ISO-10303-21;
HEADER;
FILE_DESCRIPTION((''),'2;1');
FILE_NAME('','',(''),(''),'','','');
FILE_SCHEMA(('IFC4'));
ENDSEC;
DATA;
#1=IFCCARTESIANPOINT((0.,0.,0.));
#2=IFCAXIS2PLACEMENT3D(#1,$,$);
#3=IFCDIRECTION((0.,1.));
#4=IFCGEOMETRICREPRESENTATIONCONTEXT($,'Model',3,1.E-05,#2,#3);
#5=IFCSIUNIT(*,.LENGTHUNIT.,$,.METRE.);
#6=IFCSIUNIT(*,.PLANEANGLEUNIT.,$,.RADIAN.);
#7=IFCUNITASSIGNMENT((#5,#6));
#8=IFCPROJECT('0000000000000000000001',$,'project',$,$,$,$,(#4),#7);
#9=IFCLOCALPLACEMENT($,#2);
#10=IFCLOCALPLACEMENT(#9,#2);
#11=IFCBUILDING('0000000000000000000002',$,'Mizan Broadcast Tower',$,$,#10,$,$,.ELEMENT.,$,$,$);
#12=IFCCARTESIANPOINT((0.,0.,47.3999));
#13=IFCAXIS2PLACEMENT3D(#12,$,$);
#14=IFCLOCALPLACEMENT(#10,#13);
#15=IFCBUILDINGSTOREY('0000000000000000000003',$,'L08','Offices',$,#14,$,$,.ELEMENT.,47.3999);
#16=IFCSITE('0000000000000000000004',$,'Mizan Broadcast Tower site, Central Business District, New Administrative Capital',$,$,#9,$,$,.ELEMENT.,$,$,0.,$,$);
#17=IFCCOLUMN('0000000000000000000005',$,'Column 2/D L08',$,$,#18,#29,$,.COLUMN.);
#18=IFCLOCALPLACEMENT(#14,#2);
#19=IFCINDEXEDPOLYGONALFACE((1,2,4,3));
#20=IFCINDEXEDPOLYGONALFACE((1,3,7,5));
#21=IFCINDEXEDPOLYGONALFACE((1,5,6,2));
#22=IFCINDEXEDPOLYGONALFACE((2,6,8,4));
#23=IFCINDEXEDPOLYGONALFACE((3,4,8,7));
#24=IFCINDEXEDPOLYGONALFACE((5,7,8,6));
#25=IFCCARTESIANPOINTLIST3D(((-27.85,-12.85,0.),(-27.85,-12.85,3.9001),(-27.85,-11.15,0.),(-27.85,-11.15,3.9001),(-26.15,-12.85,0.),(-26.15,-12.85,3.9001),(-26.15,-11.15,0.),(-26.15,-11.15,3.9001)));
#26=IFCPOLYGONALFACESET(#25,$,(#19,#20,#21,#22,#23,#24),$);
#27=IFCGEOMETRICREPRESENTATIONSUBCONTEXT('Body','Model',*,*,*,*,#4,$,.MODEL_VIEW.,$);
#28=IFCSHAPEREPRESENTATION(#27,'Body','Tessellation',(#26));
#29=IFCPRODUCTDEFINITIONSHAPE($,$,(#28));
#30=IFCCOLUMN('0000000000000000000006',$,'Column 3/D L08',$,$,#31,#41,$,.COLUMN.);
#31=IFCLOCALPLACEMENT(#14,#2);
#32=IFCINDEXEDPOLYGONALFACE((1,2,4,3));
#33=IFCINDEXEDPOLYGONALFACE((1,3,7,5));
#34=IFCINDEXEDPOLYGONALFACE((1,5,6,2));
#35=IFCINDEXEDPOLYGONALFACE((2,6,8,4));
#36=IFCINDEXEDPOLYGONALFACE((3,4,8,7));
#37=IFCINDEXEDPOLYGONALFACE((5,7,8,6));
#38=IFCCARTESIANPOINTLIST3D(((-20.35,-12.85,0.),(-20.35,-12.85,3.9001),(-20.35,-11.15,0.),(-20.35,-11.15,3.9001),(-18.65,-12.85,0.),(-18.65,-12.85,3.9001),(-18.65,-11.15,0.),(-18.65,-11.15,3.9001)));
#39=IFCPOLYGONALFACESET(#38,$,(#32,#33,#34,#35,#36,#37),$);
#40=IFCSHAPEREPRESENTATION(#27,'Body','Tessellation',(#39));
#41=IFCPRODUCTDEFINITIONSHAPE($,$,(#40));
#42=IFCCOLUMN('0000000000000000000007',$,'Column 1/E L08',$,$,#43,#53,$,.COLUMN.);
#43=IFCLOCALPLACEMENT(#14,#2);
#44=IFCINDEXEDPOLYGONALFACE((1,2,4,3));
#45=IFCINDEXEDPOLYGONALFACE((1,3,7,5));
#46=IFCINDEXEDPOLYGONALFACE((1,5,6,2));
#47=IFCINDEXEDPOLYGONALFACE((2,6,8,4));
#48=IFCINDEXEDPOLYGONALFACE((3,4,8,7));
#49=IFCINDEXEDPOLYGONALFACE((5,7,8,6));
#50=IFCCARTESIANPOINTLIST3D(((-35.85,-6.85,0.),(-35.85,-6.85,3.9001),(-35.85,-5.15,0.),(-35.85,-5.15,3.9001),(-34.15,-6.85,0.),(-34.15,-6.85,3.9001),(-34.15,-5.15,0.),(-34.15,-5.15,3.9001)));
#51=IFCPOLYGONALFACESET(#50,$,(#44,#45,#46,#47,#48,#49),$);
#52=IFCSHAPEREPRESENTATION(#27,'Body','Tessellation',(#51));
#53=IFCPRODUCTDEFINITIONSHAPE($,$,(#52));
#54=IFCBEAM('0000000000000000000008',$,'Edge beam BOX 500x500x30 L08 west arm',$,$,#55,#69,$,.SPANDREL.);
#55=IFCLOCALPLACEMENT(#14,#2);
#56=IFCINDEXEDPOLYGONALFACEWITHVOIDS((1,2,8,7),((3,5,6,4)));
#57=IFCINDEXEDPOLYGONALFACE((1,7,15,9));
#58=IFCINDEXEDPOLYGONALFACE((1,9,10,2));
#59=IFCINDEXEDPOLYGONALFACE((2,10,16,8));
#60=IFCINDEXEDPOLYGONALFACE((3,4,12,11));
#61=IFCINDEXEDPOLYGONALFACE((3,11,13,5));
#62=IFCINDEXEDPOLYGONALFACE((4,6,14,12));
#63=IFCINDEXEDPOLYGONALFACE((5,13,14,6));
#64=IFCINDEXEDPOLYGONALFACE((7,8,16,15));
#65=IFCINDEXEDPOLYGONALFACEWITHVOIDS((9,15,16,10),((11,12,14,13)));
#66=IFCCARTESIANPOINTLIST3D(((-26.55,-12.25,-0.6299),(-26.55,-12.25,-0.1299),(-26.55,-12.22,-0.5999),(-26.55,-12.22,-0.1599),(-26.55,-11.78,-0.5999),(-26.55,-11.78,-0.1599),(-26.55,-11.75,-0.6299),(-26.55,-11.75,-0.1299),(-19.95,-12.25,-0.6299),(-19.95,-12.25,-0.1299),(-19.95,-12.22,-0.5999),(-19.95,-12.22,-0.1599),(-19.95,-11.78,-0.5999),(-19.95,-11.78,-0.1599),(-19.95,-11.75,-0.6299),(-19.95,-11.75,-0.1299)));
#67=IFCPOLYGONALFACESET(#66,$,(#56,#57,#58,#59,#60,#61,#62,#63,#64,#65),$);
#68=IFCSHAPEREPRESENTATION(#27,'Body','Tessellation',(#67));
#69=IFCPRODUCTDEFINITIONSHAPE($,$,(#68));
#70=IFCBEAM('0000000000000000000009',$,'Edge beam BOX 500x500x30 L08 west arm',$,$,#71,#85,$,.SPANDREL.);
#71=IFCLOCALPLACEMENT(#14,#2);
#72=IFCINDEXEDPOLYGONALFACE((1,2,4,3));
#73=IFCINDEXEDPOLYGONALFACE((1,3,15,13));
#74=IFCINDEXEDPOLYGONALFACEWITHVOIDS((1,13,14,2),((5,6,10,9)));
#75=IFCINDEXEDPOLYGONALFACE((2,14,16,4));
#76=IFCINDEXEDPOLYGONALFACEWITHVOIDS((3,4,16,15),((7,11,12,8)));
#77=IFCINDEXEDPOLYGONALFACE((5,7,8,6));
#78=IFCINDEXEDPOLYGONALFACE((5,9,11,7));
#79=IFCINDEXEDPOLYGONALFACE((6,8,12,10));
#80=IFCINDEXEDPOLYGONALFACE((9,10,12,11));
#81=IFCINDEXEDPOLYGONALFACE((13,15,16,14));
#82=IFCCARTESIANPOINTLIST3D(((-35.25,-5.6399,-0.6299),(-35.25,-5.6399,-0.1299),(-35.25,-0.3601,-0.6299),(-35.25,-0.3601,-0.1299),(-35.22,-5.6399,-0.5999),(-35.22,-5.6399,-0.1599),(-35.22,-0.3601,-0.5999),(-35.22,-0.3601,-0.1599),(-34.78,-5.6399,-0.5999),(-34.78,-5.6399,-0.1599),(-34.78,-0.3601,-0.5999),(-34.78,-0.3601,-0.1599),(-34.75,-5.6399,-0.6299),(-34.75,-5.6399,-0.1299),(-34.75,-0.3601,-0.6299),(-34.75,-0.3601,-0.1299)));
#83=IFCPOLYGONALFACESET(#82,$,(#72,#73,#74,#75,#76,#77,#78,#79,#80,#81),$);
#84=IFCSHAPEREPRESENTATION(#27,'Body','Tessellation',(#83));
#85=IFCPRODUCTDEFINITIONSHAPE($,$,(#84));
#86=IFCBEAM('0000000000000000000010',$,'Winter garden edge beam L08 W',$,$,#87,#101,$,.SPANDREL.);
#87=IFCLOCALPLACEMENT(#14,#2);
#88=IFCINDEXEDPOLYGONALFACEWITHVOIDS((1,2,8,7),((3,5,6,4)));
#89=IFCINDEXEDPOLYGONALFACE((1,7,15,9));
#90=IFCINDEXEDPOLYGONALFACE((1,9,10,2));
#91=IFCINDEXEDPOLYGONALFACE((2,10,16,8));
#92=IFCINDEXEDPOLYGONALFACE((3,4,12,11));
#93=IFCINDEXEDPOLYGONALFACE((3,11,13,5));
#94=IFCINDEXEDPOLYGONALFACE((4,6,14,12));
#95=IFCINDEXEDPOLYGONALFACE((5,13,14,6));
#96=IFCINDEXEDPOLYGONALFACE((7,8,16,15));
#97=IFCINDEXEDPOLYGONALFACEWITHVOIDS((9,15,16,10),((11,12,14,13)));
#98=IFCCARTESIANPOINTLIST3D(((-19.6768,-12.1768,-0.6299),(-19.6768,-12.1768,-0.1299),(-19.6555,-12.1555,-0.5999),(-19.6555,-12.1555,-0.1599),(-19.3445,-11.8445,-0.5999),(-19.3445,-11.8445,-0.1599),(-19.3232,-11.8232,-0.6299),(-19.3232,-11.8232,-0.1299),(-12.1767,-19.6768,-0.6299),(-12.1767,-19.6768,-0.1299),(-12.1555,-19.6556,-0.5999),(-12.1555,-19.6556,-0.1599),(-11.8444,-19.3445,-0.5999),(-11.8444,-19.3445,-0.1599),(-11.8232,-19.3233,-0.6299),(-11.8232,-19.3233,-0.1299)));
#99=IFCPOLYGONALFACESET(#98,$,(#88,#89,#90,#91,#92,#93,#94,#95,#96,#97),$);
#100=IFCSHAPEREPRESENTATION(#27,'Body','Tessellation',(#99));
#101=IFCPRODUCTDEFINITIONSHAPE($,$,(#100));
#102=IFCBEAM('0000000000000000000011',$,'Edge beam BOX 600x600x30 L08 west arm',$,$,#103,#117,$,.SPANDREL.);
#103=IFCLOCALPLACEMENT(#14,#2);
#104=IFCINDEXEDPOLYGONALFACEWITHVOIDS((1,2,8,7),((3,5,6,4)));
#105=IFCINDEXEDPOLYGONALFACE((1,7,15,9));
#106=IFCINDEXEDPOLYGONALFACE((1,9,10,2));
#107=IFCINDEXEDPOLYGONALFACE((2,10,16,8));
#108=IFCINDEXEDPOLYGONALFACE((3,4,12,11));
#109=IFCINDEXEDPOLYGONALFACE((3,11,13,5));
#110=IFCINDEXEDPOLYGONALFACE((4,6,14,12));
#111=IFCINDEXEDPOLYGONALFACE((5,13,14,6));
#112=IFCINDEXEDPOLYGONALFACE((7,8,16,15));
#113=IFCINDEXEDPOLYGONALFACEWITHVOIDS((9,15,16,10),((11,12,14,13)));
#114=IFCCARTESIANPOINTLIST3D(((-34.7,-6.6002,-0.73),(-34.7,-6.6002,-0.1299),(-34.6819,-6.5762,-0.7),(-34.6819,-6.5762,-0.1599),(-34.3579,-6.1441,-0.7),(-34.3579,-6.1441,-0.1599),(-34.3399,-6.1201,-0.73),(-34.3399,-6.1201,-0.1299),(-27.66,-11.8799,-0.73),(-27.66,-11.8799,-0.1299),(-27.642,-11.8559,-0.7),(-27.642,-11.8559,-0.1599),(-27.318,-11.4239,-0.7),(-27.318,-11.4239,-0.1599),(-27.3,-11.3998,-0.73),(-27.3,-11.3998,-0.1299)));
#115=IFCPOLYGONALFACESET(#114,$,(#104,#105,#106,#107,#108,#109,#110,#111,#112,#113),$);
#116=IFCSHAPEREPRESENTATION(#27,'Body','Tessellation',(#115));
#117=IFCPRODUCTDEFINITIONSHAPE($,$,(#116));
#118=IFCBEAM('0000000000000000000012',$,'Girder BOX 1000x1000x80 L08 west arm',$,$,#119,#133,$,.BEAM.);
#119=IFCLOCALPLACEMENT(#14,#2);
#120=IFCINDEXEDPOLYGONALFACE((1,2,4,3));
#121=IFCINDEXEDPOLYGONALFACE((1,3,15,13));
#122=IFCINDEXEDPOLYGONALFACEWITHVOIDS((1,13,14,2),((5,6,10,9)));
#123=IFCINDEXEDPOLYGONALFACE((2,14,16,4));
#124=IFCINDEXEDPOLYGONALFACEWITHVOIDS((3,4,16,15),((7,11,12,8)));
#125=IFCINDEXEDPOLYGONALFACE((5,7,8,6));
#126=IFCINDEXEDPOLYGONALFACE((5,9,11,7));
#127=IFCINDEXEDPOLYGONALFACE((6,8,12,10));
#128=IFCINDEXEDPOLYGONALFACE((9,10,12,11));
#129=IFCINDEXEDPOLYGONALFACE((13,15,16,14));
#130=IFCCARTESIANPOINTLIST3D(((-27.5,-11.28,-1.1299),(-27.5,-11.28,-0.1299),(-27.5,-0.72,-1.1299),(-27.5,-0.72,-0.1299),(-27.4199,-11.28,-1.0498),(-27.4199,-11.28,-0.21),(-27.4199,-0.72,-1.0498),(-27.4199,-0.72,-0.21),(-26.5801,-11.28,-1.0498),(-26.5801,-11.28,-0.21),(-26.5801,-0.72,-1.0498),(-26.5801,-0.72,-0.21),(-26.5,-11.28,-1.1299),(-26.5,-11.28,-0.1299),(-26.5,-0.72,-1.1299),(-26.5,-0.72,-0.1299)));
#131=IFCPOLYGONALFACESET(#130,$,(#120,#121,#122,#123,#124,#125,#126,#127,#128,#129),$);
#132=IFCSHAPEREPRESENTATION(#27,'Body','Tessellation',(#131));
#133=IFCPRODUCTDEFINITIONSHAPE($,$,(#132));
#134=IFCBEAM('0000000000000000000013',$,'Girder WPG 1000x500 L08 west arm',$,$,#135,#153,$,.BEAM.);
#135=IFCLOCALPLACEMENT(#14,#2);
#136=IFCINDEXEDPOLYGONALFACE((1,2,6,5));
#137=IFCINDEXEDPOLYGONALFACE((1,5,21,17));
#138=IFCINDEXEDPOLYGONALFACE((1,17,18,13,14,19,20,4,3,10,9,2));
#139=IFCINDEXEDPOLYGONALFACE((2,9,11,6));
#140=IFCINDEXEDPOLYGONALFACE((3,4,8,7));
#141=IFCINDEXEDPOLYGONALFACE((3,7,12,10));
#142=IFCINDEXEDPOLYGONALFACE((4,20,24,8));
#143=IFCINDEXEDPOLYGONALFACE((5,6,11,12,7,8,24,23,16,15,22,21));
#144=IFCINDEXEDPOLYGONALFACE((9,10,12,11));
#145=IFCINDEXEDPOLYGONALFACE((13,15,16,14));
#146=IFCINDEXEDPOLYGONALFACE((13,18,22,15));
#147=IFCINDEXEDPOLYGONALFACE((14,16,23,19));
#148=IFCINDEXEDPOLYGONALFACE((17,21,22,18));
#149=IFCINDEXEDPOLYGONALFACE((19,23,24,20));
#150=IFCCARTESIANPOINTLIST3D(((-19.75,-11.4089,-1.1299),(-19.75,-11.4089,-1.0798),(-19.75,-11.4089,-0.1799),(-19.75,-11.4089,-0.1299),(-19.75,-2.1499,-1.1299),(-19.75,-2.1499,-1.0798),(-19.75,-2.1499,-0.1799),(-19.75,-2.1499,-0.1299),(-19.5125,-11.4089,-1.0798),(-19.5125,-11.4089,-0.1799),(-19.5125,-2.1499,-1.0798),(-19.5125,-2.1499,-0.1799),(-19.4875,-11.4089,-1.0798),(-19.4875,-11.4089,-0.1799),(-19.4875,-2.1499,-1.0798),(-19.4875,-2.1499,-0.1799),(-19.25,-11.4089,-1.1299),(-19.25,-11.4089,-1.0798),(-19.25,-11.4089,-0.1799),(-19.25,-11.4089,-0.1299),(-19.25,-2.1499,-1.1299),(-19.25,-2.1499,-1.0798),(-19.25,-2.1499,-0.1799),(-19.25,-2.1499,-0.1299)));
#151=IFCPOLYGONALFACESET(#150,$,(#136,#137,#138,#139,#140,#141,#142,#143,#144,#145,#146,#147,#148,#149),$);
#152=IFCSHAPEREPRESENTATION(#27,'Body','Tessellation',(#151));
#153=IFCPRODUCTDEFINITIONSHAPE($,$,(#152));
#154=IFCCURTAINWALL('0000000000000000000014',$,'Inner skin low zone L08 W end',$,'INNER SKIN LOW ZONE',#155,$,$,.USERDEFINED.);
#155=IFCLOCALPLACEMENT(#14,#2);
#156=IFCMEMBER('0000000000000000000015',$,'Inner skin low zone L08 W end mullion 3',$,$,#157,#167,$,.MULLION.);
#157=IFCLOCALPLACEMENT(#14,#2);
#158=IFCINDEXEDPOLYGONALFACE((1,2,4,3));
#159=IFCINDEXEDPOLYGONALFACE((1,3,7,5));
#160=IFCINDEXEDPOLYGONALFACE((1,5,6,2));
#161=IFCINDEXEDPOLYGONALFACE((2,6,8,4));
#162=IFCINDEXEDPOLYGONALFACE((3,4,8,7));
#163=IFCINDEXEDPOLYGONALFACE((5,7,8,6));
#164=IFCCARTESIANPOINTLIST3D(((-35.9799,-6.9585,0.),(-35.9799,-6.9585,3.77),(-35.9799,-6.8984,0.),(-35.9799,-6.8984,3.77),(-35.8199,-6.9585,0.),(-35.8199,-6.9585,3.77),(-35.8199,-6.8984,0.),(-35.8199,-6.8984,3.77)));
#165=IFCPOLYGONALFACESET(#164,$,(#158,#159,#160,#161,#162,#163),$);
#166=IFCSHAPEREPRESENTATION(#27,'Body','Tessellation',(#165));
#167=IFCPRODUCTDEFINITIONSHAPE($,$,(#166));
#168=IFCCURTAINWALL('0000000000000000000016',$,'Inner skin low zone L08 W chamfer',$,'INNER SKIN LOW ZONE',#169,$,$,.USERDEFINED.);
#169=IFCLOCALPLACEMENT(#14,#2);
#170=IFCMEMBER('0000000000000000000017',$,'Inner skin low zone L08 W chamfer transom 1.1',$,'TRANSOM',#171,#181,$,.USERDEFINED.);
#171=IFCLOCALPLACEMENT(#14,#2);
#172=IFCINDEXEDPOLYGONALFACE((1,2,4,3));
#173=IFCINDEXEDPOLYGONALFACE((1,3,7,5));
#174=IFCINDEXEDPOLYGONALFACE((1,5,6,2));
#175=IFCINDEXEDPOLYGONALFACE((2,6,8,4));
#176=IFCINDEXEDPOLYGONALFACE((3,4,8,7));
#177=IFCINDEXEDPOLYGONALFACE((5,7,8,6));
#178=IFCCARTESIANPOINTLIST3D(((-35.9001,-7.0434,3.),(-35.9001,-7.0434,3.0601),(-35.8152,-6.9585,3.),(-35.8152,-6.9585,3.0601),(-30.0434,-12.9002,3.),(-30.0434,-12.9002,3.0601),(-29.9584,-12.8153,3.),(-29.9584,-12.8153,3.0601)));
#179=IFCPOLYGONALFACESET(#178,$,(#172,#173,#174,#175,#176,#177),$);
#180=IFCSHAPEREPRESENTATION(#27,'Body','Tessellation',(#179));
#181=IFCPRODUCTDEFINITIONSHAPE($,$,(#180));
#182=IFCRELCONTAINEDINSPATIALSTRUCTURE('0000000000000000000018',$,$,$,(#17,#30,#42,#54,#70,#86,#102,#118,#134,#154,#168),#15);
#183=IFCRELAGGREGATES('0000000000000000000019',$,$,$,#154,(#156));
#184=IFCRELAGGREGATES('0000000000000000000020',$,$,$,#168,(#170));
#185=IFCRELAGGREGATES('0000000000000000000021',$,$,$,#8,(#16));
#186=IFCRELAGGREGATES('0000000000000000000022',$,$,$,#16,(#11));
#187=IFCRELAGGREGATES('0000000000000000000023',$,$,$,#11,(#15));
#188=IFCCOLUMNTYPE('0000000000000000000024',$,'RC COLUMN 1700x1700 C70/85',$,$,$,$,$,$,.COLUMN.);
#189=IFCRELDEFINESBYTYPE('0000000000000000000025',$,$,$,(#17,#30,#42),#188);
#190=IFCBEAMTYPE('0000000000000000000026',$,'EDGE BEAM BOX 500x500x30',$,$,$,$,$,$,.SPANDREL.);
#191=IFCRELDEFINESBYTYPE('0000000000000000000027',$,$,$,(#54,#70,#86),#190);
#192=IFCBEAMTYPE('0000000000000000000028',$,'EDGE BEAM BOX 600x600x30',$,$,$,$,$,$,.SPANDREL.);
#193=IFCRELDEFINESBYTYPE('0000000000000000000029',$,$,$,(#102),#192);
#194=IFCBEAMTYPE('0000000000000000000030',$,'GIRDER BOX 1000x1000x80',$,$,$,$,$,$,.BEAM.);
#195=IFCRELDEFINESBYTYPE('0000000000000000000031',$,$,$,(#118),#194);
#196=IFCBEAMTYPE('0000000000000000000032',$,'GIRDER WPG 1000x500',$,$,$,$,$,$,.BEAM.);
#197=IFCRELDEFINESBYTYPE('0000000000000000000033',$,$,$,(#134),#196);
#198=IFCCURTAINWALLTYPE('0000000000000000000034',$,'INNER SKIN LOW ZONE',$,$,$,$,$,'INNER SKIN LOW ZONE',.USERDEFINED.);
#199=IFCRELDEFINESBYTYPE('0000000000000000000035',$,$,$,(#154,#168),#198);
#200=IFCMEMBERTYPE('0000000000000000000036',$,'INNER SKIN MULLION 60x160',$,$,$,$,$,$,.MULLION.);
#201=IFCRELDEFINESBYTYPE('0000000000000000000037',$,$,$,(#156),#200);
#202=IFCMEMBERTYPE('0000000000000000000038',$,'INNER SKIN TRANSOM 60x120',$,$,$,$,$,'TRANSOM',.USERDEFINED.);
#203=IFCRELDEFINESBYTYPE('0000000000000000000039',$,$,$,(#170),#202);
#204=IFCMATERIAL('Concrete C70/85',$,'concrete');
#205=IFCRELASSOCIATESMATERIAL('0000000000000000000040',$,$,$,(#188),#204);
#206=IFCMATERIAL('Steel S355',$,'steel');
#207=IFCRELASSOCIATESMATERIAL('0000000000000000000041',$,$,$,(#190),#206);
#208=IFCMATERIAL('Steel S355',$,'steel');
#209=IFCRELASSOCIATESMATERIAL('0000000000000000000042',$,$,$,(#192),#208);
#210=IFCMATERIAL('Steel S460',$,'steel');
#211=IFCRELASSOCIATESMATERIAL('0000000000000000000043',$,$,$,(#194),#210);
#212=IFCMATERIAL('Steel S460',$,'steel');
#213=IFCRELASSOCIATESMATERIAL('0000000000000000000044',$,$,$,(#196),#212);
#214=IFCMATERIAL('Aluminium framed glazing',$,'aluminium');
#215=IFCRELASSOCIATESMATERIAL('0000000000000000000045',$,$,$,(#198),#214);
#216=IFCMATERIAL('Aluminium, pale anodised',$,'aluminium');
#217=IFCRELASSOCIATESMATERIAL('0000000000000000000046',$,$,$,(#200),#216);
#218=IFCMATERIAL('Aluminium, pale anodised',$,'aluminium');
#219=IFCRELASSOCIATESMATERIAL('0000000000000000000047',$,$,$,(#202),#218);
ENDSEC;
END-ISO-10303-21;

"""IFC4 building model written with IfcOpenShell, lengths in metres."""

from ifc_helpers import new_model, si_unit, direction, frame, origin, origin_2d, place, context, subcontext, project, spatial, rectangle, hollow_rectangle, i_section, extrude, material, material_profile, profile_set, type_object, element, aggregate, save


model = new_model("IFC4")

# Units and contexts
model_context = context("Model", 3, precision=1e-05, world=origin(), true_north=direction((0.0, 1.0)))
body_context = subcontext(model_context, "Body", "Model", "MODEL_VIEW")
ifc_project = project(units=[si_unit("LENGTHUNIT", "METRE"), si_unit("PLANEANGLEUNIT", "RADIAN")], contexts=[model_context])

# Site, building, storey
site_placement = place(None, origin())
site = spatial("IfcSite", under=ifc_project, at=site_placement, Name="Mizan Broadcast Tower site, Central Business District, New Administrative Capital", CompositionType="ELEMENT", RefElevation=0.0)
building_placement = place(site_placement, origin())
building = spatial("IfcBuilding", under=site, at=building_placement, Name="Mizan Broadcast Tower", CompositionType="ELEMENT")
storey_placement = place(building_placement, frame((0.0, 0.0, 47.3999)))
storey = spatial("IfcBuildingStorey", under=building, at=storey_placement, Name="L08", Description="Offices", CompositionType="ELEMENT", Elevation=47.3999)

# Columns
ifc_material_1 = material(Name="Concrete C70/85", Category="concrete")
ifc_material_profile_1 = material_profile(ifc_material_1, rectangle(XDim=1.7, YDim=1.7, at=origin_2d()), Name="RC 1700x1700")
ifc_profile_set_1 = profile_set([ifc_material_profile_1], Name="Concrete C70/85")
column_type = type_object("IfcColumnType", Name="RC COLUMN 1700x1700 C70/85", PredefinedType="COLUMN", material=ifc_profile_set_1)
for number, where, z_axis, x_axis, name in (
    (1, (-27.0, -12.0, 0.0), (0.0, 0.0, 1.0), (1.0, 0.0, 0.0), "Column 2/D L08"),
    (2, (-19.5, -12.0, 0.0), (0.0, 0.0, 1.0), (1.0, 0.0, 0.0), "Column 3/D L08"),
    (3, (-35.0, -6.0, 0.0), (0.0, 0.0, 1.0), (1.0, 0.0, 0.0), "Column 1/E L08"),
):
    element("IfcColumn", number, at=place(storey_placement, frame(where, z_axis=z_axis, x_axis=x_axis)), inside=storey, type_object=column_type, Name=name, PredefinedType="COLUMN", context=body_context, shape_type="SweptSolid", body=[
        extrude(rectangle(XDim=1.7, YDim=1.7, at=origin_2d()), origin(), (0.0, 0.0, 1.0), 3.9001),
    ])

# Beams
ifc_material_2 = material(Name="Steel S355", Category="steel")
ifc_material_profile_2 = material_profile(ifc_material_2, hollow_rectangle(XDim=0.5, YDim=0.5, WallThickness=0.03, at=origin_2d()), Name="BOX 500x500x30")
ifc_profile_set_2 = profile_set([ifc_material_profile_2], Name="Steel S355")
beam_type_1 = type_object("IfcBeamType", Name="EDGE BEAM BOX 500x500x30", PredefinedType="SPANDREL", material=ifc_profile_set_2)
beam_1_placement = place(storey_placement, frame((-19.95, -12.0, -0.3799), z_axis=(-1.0, 0.0, 0.0), x_axis=(0.0, -1.0, 0.0)))
element("IfcBeam", 4, at=beam_1_placement, inside=storey, type_object=beam_type_1, Name="Edge beam BOX 500x500x30 L08 west arm", PredefinedType="SPANDREL", context=body_context, shape_type="SweptSolid", body=[
    extrude(hollow_rectangle(XDim=0.5, YDim=0.5, WallThickness=0.03, at=origin_2d()), origin(), (0.0, 0.0, 1.0), 6.6001),
])
beam_2_placement = place(storey_placement, frame((-35.0, -5.6399, -0.3799), z_axis=(0.0, 1.0, 0.0), x_axis=(-1.0, 0.0, 0.0)))
element("IfcBeam", 5, at=beam_2_placement, inside=storey, type_object=beam_type_1, Name="Edge beam BOX 500x500x30 L08 west arm", PredefinedType="SPANDREL", context=body_context, shape_type="SweptSolid", body=[
    extrude(hollow_rectangle(XDim=0.5, YDim=0.5, WallThickness=0.03, at=origin_2d()), origin(), (0.0, 0.0, 1.0), 5.2798),
])
beam_3_placement = place(storey_placement, frame((-19.5, -12.0, -0.3799), z_axis=(0.707107, -0.707107, 0.0), x_axis=(0.707107, 0.707107, 0.0)))
element("IfcBeam", 6, at=beam_3_placement, inside=storey, type_object=beam_type_1, Name="Winter garden edge beam L08 W", PredefinedType="SPANDREL", context=body_context, shape_type="SweptSolid", body=[
    extrude(hollow_rectangle(XDim=0.5, YDim=0.5, WallThickness=0.03, at=origin_2d()), origin(), (0.0, 0.0, 1.0), 10.6067),
])
ifc_material_3 = material(Name="Steel S355", Category="steel")
ifc_material_profile_3 = material_profile(ifc_material_3, hollow_rectangle(XDim=0.6001, YDim=0.6001, WallThickness=0.03, at=origin_2d()), Name="BOX 600x600x30")
ifc_profile_set_3 = profile_set([ifc_material_profile_3], Name="Steel S355")
beam_type_2 = type_object("IfcBeamType", Name="EDGE BEAM BOX 600x600x30", PredefinedType="SPANDREL", material=ifc_profile_set_3)
beam_4_placement = place(storey_placement, frame((-27.48, -11.6399, -0.4299), z_axis=(-0.800013, 0.599982, 0.0), x_axis=(-0.599982, -0.800013, 0.0)))
element("IfcBeam", 7, at=beam_4_placement, inside=storey, type_object=beam_type_2, Name="Edge beam BOX 600x600x30 L08 west arm", PredefinedType="SPANDREL", context=body_context, shape_type="SweptSolid", body=[
    extrude(hollow_rectangle(XDim=0.6001, YDim=0.6001, WallThickness=0.03, at=origin_2d()), origin(), (0.0, 0.0, 1.0), 8.7998),
])
ifc_material_4 = material(Name="Steel S460", Category="steel")
ifc_material_profile_4 = material_profile(ifc_material_4, hollow_rectangle(XDim=1.0, YDim=1.0, WallThickness=0.0801, at=origin_2d()), Name="BOX 1000x1000x80")
ifc_profile_set_4 = profile_set([ifc_material_profile_4], Name="Steel S460")
beam_type_3 = type_object("IfcBeamType", Name="GIRDER BOX 1000x1000x80", PredefinedType="BEAM", material=ifc_profile_set_4)
beam_5_placement = place(storey_placement, frame((-27.0, -11.28, -0.6299), z_axis=(0.0, 1.0, 0.0), x_axis=(-1.0, 0.0, 0.0)))
element("IfcBeam", 8, at=beam_5_placement, inside=storey, type_object=beam_type_3, Name="Girder BOX 1000x1000x80 L08 west arm", PredefinedType="BEAM", context=body_context, shape_type="SweptSolid", body=[
    extrude(hollow_rectangle(XDim=1.0, YDim=1.0, WallThickness=0.0801, at=origin_2d()), origin(), (0.0, 0.0, 1.0), 10.5601),
])
ifc_material_5 = material(Name="Steel S460", Category="steel")
ifc_material_profile_5 = material_profile(ifc_material_5, i_section(OverallWidth=0.5, OverallDepth=1.0, WebThickness=0.0249, FlangeThickness=0.05, at=origin_2d()), Name="WPG 1000x500")
ifc_profile_set_5 = profile_set([ifc_material_profile_5], Name="Steel S460")
beam_type_4 = type_object("IfcBeamType", Name="GIRDER WPG 1000x500", PredefinedType="BEAM", material=ifc_profile_set_5)
beam_6_placement = place(storey_placement, frame((-19.5, -11.4089, -0.6299), z_axis=(0.0, 1.0, 0.0), x_axis=(-1.0, 0.0, 0.0)))
element("IfcBeam", 9, at=beam_6_placement, inside=storey, type_object=beam_type_4, Name="Girder WPG 1000x500 L08 west arm", PredefinedType="BEAM", context=body_context, shape_type="SweptSolid", body=[
    extrude(i_section(OverallWidth=0.5, OverallDepth=1.0, WebThickness=0.0249, FlangeThickness=0.05, at=origin_2d()), origin(), (0.0, 0.0, 1.0), 9.259),
])

# Curtain walls, members
ifc_material_6 = material(Name="Aluminium framed glazing", Category="aluminium")
curtain_wall_type_1 = type_object("IfcCurtainWallType", Name="INNER SKIN LOW ZONE", ElementType="INNER SKIN LOW ZONE", PredefinedType="USERDEFINED", material=ifc_material_6)
curtain_wall_1_placement = place(storey_placement, origin())
curtain_wall_1 = element("IfcCurtainWall", 10, at=curtain_wall_1_placement, inside=storey, type_object=curtain_wall_type_1, Name="Inner skin low zone L08 W end", ObjectType="INNER SKIN LOW ZONE", PredefinedType="USERDEFINED")
ifc_material_7 = material(Name="Aluminium, pale anodised", Category="aluminium")
ifc_material_profile_6 = material_profile(ifc_material_7, rectangle(XDim=0.1599, YDim=0.0601, at=origin_2d()), Name="MULLION 160x60")
ifc_profile_set_6 = profile_set([ifc_material_profile_6], Name="Aluminium, pale anodised")
member_type_1 = type_object("IfcMemberType", Name="INNER SKIN MULLION 60x160", PredefinedType="MULLION", material=ifc_profile_set_6)
member_1_placement = place(storey_placement, frame((-35.8999, -6.9285, 0.0), z_axis=(0.0, 0.0, 1.0), x_axis=(1.0, 0.0, 0.0)))
member_1 = element("IfcMember", 11, at=member_1_placement, type_object=member_type_1, Name="Inner skin low zone L08 W end mullion 3", PredefinedType="MULLION", context=body_context, shape_type="SweptSolid", body=[
    extrude(rectangle(XDim=0.1599, YDim=0.0601, at=origin_2d()), origin(), (0.0, 0.0, 1.0), 3.77),
])
curtain_wall_2_placement = place(storey_placement, origin())
curtain_wall_2 = element("IfcCurtainWall", 12, at=curtain_wall_2_placement, inside=storey, type_object=curtain_wall_type_1, Name="Inner skin low zone L08 W chamfer", ObjectType="INNER SKIN LOW ZONE", PredefinedType="USERDEFINED")
ifc_material_8 = material(Name="Aluminium, pale anodised", Category="aluminium")
ifc_material_profile_7 = material_profile(ifc_material_8, rectangle(XDim=0.1201, YDim=0.0601, at=origin_2d()), Name="TRANSOM 120x60")
ifc_profile_set_7 = profile_set([ifc_material_profile_7], Name="Aluminium, pale anodised")
member_type_2 = type_object("IfcMemberType", Name="INNER SKIN TRANSOM 60x120", ElementType="TRANSOM", PredefinedType="USERDEFINED", material=ifc_profile_set_7)
member_2_placement = place(storey_placement, frame((-35.8577, -7.001, 3.03), z_axis=(0.707107, -0.707107, 0.0), x_axis=(0.707107, 0.707107, 0.0)))
member_2 = element("IfcMember", 13, at=member_2_placement, type_object=member_type_2, Name="Inner skin low zone L08 W chamfer transom 1.1", ObjectType="TRANSOM", PredefinedType="USERDEFINED", context=body_context, shape_type="SweptSolid", body=[
    extrude(rectangle(XDim=0.1201, YDim=0.0601, at=origin_2d()), origin(), (0.0, 0.0, 1.0), 8.2827),
])

aggregate(curtain_wall_1, [member_1])
aggregate(curtain_wall_2, [member_2])

save(model, "model.ifc")
